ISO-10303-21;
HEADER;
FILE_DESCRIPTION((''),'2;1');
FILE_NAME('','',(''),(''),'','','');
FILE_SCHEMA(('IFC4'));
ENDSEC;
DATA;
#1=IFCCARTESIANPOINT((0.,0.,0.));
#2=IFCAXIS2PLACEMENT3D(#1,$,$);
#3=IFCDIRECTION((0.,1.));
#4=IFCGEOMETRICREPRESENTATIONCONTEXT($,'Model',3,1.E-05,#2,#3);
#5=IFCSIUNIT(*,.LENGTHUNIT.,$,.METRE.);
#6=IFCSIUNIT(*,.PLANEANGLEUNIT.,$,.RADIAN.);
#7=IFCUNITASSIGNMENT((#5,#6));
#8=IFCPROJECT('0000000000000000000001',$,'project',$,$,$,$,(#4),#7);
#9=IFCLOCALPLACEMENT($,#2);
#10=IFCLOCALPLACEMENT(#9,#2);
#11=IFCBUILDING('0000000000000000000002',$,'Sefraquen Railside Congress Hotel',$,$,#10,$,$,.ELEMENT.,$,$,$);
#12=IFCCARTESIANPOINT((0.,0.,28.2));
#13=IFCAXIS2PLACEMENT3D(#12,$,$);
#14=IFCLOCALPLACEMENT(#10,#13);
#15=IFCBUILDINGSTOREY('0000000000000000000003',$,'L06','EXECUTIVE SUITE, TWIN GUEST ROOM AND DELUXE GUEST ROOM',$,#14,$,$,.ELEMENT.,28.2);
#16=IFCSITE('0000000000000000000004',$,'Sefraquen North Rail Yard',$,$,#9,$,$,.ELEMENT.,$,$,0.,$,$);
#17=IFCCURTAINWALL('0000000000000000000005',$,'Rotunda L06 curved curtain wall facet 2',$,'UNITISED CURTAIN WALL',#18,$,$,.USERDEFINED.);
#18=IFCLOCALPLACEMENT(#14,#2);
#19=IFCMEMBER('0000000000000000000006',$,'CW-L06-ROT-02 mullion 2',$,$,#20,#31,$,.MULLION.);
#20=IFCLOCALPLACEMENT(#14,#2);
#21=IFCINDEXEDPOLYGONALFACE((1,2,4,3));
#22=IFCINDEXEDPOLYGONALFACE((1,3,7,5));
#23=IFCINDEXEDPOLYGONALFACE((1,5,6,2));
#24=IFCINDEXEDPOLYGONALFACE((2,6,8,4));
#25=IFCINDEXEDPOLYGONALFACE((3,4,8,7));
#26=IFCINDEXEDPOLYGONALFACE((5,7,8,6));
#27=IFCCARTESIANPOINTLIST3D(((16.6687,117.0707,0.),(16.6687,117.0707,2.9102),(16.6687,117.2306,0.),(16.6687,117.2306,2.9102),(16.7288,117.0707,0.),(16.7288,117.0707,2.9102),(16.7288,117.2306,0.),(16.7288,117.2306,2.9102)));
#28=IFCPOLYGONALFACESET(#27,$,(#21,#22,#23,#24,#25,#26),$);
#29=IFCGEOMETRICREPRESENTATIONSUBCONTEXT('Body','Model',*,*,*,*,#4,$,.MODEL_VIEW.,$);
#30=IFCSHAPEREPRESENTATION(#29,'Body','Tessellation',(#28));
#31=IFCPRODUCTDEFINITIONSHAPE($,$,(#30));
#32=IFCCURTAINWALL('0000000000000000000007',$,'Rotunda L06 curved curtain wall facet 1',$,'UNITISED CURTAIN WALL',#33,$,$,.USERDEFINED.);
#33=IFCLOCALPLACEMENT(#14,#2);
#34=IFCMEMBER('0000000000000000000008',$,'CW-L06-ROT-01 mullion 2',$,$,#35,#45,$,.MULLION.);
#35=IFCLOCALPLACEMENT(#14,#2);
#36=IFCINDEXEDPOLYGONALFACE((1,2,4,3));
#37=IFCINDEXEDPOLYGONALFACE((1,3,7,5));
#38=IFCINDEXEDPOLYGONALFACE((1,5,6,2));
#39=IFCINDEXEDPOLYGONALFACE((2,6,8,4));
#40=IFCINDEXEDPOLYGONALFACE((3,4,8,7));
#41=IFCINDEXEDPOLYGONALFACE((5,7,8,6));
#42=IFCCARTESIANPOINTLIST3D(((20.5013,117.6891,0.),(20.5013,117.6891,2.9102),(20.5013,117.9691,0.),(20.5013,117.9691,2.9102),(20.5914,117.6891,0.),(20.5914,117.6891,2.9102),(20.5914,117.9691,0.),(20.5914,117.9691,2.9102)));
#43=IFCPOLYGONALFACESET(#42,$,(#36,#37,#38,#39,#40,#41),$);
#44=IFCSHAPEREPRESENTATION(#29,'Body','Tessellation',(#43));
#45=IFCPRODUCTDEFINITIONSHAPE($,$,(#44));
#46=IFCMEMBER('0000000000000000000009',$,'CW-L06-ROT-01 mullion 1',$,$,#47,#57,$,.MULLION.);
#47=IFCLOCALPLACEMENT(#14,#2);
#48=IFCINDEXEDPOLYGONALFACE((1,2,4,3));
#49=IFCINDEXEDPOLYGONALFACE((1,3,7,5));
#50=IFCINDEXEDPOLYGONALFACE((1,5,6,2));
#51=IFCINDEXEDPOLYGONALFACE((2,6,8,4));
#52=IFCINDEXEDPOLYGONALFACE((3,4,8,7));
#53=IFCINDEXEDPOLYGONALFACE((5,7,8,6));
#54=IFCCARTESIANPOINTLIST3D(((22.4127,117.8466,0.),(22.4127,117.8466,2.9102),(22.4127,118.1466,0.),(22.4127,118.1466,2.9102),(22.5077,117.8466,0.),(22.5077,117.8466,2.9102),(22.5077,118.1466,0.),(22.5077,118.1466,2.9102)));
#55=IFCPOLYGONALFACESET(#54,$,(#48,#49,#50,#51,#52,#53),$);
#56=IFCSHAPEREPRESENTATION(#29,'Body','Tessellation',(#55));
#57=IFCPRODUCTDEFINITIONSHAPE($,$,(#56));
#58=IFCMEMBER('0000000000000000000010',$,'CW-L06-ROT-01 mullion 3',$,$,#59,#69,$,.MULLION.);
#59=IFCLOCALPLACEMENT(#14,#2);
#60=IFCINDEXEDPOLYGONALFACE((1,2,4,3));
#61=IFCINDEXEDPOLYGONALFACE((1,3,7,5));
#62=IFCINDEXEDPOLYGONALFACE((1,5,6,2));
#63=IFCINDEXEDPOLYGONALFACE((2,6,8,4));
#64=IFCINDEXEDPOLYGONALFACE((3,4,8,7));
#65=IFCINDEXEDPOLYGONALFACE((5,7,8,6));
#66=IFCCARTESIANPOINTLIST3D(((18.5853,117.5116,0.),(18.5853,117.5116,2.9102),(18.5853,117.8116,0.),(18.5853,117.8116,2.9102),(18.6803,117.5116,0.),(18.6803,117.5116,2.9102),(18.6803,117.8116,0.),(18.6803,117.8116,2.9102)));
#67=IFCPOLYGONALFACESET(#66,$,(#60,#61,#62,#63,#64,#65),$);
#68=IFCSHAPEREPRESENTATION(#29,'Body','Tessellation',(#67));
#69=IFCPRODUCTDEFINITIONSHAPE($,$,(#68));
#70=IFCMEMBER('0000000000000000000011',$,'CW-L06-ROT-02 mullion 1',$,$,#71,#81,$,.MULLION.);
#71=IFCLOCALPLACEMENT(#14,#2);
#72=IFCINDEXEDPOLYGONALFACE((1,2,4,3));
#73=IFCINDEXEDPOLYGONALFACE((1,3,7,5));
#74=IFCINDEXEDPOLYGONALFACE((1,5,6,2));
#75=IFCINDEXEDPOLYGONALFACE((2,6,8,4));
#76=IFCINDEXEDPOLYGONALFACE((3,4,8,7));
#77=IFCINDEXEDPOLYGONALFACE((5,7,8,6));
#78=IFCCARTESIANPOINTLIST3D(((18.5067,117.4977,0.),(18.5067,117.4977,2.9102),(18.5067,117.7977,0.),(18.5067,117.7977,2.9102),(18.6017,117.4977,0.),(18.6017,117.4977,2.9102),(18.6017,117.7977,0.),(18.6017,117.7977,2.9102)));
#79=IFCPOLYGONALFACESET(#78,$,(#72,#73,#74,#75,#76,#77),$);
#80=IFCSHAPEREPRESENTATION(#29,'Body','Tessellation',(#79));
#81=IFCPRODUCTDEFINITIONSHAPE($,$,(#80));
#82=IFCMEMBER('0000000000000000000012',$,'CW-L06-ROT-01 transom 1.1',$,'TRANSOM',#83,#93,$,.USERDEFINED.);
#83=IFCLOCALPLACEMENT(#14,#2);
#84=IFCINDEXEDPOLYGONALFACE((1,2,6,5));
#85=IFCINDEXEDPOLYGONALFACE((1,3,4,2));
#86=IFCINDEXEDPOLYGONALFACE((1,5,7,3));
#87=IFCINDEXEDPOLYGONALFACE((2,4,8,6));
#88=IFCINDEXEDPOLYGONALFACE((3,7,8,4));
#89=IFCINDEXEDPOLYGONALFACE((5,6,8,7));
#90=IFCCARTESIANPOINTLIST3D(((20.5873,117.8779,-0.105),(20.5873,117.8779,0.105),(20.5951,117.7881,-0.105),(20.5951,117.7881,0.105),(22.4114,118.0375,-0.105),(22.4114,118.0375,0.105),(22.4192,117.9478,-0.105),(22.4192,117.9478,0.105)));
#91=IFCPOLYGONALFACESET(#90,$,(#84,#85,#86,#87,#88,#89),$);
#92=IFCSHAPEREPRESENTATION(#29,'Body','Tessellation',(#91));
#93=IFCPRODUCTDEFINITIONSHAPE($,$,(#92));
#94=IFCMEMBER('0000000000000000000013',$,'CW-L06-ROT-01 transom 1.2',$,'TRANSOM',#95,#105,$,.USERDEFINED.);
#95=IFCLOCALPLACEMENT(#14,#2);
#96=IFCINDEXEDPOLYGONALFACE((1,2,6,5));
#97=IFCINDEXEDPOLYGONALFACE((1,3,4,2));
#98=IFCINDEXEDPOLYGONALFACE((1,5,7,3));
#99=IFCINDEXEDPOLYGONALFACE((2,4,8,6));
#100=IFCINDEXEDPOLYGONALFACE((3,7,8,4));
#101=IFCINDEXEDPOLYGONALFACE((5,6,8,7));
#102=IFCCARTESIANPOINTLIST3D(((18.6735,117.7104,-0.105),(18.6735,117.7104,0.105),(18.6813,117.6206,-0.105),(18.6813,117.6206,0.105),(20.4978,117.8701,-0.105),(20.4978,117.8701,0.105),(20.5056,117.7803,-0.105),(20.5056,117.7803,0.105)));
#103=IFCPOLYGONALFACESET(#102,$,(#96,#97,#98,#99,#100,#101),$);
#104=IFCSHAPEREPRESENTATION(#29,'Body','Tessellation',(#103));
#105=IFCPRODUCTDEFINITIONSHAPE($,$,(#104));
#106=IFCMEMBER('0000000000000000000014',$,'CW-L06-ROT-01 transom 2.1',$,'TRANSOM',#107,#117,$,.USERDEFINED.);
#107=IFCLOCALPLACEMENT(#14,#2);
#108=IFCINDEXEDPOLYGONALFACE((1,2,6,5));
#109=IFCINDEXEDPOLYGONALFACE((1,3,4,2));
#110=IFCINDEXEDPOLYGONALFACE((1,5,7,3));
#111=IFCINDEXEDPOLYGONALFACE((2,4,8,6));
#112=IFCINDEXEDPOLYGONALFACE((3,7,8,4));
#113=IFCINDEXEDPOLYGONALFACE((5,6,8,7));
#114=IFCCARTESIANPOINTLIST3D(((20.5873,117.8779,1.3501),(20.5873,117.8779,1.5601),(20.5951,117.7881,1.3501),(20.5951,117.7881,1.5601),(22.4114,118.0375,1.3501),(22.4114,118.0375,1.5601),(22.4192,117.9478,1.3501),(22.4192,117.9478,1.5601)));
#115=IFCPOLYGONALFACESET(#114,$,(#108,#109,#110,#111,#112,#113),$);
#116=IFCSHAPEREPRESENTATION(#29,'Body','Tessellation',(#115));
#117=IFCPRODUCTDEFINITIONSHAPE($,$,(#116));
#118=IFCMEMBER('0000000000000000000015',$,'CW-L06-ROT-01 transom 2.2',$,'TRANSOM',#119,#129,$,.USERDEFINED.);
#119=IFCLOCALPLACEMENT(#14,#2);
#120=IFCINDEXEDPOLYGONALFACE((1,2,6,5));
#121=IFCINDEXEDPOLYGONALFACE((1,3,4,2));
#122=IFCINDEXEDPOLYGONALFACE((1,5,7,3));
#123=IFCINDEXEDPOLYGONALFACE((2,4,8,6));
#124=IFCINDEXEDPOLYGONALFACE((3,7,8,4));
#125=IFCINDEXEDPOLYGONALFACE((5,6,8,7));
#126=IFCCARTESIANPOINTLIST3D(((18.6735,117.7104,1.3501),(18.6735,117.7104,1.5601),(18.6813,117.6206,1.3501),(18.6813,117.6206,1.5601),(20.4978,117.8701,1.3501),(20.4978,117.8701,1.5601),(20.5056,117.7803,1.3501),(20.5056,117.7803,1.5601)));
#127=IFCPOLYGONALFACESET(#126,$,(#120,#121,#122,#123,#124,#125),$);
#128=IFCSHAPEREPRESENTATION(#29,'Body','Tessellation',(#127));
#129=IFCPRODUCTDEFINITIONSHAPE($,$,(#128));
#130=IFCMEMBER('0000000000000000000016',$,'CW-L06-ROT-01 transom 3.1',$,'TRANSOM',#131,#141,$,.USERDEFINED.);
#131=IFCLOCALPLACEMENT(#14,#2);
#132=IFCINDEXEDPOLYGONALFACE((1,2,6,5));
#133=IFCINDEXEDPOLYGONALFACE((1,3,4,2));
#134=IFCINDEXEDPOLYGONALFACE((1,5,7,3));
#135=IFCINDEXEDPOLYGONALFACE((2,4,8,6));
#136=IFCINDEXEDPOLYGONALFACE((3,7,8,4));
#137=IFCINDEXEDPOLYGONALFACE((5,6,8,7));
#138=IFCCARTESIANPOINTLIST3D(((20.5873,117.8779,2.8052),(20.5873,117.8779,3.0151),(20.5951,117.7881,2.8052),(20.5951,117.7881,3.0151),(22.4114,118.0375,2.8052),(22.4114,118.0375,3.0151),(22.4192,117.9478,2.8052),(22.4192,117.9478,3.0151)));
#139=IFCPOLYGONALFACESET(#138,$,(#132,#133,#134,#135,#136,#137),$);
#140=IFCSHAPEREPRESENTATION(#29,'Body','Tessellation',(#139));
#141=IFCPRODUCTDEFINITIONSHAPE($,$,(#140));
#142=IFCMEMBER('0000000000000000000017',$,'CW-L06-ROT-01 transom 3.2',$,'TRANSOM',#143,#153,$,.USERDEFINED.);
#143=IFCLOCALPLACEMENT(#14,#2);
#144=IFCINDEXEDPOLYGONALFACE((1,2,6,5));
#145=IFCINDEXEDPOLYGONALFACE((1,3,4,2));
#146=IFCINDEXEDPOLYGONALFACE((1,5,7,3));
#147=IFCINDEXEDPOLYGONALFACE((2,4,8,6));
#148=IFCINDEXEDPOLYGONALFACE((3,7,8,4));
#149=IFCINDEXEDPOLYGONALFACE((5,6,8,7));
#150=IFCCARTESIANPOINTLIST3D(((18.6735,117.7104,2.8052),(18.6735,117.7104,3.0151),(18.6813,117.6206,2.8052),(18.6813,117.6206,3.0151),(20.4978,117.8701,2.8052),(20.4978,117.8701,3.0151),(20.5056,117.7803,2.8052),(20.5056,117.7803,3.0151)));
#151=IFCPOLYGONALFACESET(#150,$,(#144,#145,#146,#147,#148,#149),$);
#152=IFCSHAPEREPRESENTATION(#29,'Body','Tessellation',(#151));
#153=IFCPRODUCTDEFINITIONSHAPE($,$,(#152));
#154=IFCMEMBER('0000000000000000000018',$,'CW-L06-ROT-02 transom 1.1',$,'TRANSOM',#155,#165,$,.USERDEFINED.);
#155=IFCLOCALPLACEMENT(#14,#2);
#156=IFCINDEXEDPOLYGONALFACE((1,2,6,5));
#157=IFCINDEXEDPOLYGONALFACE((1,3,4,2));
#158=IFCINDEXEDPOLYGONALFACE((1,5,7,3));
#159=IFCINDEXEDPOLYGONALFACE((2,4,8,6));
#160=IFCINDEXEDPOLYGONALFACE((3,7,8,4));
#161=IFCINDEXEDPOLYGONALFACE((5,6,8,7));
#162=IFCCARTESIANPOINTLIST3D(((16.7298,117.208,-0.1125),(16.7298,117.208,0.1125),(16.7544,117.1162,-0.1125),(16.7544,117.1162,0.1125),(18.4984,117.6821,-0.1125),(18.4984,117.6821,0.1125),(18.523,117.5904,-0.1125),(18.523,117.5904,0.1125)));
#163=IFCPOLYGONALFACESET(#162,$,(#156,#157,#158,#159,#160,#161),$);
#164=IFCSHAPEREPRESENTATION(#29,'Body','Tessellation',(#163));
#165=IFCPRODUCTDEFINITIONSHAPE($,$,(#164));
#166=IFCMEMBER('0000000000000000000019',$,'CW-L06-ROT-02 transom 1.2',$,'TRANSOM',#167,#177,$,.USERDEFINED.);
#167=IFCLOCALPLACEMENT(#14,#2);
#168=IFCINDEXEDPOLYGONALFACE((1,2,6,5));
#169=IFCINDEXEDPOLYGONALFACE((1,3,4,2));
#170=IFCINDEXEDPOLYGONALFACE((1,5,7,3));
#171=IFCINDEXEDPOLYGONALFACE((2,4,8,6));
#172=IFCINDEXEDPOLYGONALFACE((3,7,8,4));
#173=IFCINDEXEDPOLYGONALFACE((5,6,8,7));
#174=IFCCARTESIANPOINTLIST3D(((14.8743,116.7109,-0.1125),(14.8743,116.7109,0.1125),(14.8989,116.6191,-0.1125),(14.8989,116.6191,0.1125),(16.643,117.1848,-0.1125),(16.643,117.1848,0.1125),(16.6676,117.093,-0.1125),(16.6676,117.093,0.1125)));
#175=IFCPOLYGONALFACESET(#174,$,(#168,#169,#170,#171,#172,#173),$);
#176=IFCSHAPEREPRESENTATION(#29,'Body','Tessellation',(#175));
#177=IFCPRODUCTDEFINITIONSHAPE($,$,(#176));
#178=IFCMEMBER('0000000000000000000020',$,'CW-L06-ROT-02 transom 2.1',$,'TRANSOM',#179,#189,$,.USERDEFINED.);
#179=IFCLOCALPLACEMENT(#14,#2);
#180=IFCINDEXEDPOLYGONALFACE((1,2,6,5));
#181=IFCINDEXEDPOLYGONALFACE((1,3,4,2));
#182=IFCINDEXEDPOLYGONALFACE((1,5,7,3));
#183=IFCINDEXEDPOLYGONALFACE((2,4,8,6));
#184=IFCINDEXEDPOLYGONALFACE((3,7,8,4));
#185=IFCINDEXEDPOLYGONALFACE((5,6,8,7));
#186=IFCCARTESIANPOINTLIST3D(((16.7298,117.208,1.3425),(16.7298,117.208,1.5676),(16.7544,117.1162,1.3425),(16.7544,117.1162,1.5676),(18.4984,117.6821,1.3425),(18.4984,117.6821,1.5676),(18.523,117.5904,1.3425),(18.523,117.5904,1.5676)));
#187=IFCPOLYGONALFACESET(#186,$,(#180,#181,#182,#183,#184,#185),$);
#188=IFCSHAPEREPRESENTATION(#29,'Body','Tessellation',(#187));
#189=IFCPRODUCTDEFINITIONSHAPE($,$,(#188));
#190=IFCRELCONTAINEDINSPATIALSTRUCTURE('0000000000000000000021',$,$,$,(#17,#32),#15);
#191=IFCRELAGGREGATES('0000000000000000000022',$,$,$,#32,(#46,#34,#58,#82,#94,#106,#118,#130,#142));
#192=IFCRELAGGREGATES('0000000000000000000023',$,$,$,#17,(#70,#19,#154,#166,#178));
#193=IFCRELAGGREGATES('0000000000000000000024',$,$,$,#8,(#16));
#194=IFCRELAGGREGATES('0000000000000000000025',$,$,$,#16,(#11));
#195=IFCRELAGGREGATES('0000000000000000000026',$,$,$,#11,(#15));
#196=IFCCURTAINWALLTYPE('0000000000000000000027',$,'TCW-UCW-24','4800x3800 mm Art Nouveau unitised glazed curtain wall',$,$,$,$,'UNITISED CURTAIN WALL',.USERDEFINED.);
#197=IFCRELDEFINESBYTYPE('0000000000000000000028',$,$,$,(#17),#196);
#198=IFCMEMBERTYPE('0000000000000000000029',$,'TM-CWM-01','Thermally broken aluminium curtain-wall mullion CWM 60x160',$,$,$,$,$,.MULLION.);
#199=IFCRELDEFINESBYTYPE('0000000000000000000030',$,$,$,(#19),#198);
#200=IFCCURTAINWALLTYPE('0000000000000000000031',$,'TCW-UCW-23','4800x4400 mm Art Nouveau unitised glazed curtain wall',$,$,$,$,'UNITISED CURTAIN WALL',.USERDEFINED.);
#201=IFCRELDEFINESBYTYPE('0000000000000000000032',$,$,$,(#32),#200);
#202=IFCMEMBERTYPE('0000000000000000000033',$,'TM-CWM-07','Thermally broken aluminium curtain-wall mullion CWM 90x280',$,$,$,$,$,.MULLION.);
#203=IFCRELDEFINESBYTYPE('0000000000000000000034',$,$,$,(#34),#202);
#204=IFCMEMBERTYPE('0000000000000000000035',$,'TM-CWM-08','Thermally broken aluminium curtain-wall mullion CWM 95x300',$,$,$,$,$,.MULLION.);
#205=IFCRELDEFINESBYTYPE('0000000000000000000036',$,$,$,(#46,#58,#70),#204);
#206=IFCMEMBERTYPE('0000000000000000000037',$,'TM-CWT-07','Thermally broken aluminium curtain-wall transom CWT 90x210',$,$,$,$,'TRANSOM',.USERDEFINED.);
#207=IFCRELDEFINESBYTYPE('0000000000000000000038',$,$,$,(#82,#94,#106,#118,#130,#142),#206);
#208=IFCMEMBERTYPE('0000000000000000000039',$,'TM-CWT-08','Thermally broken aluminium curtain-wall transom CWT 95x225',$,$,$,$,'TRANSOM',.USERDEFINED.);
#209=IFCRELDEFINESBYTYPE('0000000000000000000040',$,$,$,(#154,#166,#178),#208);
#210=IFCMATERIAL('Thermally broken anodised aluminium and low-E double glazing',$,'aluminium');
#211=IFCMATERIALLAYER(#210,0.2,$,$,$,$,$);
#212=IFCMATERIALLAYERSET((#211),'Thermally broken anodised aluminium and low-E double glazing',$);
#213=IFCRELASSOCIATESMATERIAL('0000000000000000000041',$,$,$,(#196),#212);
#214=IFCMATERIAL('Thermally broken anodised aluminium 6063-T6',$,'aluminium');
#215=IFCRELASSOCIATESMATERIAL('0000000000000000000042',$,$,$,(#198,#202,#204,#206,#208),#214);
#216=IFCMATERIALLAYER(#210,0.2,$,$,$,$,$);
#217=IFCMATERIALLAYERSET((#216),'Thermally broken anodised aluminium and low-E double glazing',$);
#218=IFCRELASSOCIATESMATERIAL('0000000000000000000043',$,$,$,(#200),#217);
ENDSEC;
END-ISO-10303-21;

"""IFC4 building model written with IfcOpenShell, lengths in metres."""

from ifc_helpers import new_model, si_unit, direction, frame, origin, origin_2d, place, context, subcontext, project, spatial, rectangle, extrude, material, layer, layer_set, material_profile, profile_set, type_object, element, aggregate, save


model = new_model("IFC4")

# Units and contexts
model_context = context("Model", 3, precision=1e-05, world=origin(), true_north=direction((0.0, 1.0)))
body_context = subcontext(model_context, "Body", "Model", "MODEL_VIEW")
ifc_project = project(units=[si_unit("LENGTHUNIT", "METRE"), si_unit("PLANEANGLEUNIT", "RADIAN")], contexts=[model_context])

# Site, building, storey
site_placement = place(None, origin())
site = spatial("IfcSite", under=ifc_project, at=site_placement, Name="Sefraquen North Rail Yard", CompositionType="ELEMENT", RefElevation=0.0)
building_placement = place(site_placement, origin())
building = spatial("IfcBuilding", under=site, at=building_placement, Name="Sefraquen Railside Congress Hotel", CompositionType="ELEMENT")
storey_placement = place(building_placement, frame((0.0, 0.0, 28.2)))
storey = spatial("IfcBuildingStorey", under=building, at=storey_placement, Name="L06", Description="EXECUTIVE SUITE, TWIN GUEST ROOM AND DELUXE GUEST ROOM", CompositionType="ELEMENT", Elevation=28.2)

# Curtain wall, member
ifc_material_1 = material(Name="Thermally broken anodised aluminium and low-E double glazing", Category="aluminium")
ifc_layer_1 = layer(ifc_material_1, 0.2)
ifc_layer_set_1 = layer_set([ifc_layer_1], Name="Thermally broken anodised aluminium and low-E double glazing")
curtain_wall_type_1 = type_object("IfcCurtainWallType", Name="TCW-UCW-24", Description="4800x3800 mm Art Nouveau unitised glazed curtain wall", ElementType="UNITISED CURTAIN WALL", PredefinedType="USERDEFINED", material=ifc_layer_set_1)
curtain_wall_1_placement = place(storey_placement, origin())
curtain_wall_1 = element("IfcCurtainWall", 1, at=curtain_wall_1_placement, inside=storey, type_object=curtain_wall_type_1, Name="Rotunda L06 curved curtain wall facet 2", ObjectType="UNITISED CURTAIN WALL", PredefinedType="USERDEFINED")
ifc_material_2 = material(Name="Thermally broken anodised aluminium 6063-T6", Category="aluminium")
ifc_material_profile_1 = material_profile(ifc_material_2, rectangle(XDim=0.0601, YDim=0.1599, at=origin_2d()), Name="CWM 60x160")
ifc_profile_set_1 = profile_set([ifc_material_profile_1], Name="Thermally broken anodised aluminium 6063-T6")
member_type_1 = type_object("IfcMemberType", Name="TM-CWM-01", Description="Thermally broken aluminium curtain-wall mullion CWM 60x160", PredefinedType="MULLION", material=ifc_profile_set_1)
member_1_placement = place(storey_placement, frame((16.6987, 117.1506, 0.0), z_axis=(0.0, 0.0, 1.0), x_axis=(1.0, 0.0, 0.0)))
member_1 = element("IfcMember", 2, at=member_1_placement, type_object=member_type_1, Name="CW-L06-ROT-02 mullion 2", PredefinedType="MULLION", context=body_context, shape_type="SweptSolid", body=[
    extrude(rectangle(XDim=0.0601, YDim=0.1599, at=origin_2d()), origin(), (0.0, 0.0, 1.0), 2.9102),
])

# Curtain wall, members
ifc_layer_2 = layer(ifc_material_1, 0.2)
ifc_layer_set_2 = layer_set([ifc_layer_2], Name="Thermally broken anodised aluminium and low-E double glazing")
curtain_wall_type_2 = type_object("IfcCurtainWallType", Name="TCW-UCW-23", Description="4800x4400 mm Art Nouveau unitised glazed curtain wall", ElementType="UNITISED CURTAIN WALL", PredefinedType="USERDEFINED", material=ifc_layer_set_2)
curtain_wall_2_placement = place(storey_placement, origin())
curtain_wall_2 = element("IfcCurtainWall", 3, at=curtain_wall_2_placement, inside=storey, type_object=curtain_wall_type_2, Name="Rotunda L06 curved curtain wall facet 1", ObjectType="UNITISED CURTAIN WALL", PredefinedType="USERDEFINED")
ifc_material_profile_2 = material_profile(ifc_material_2, rectangle(XDim=0.0901, YDim=0.28, at=origin_2d()), Name="CWM 90x280")
ifc_profile_set_2 = profile_set([ifc_material_profile_2], Name="Thermally broken anodised aluminium 6063-T6")
member_type_2 = type_object("IfcMemberType", Name="TM-CWM-07", Description="Thermally broken aluminium curtain-wall mullion CWM 90x280", PredefinedType="MULLION", material=ifc_profile_set_2)
member_2_placement = place(storey_placement, frame((20.5464, 117.8291, 0.0), z_axis=(0.0, 0.0, 1.0), x_axis=(1.0, 0.0, 0.0)))
member_2 = element("IfcMember", 4, at=member_2_placement, type_object=member_type_2, Name="CW-L06-ROT-01 mullion 2", PredefinedType="MULLION", context=body_context, shape_type="SweptSolid", body=[
    extrude(rectangle(XDim=0.0901, YDim=0.28, at=origin_2d()), origin(), (0.0, 0.0, 1.0), 2.9102),
])
ifc_material_profile_3 = material_profile(ifc_material_2, rectangle(XDim=0.095, YDim=0.3, at=origin_2d()), Name="CWM 95x300")
ifc_profile_set_3 = profile_set([ifc_material_profile_3], Name="Thermally broken anodised aluminium 6063-T6")
member_type_3 = type_object("IfcMemberType", Name="TM-CWM-08", Description="Thermally broken aluminium curtain-wall mullion CWM 95x300", PredefinedType="MULLION", material=ifc_profile_set_3)
member_3_placement = place(storey_placement, frame((22.4602, 117.9966, 0.0), z_axis=(0.0, 0.0, 1.0), x_axis=(1.0, 0.0, 0.0)))
member_3 = element("IfcMember", 5, at=member_3_placement, type_object=member_type_3, Name="CW-L06-ROT-01 mullion 1", PredefinedType="MULLION", context=body_context, shape_type="SweptSolid", body=[
    extrude(rectangle(XDim=0.095, YDim=0.3, at=origin_2d()), origin(), (0.0, 0.0, 1.0), 2.9102),
])
member_4_placement = place(storey_placement, frame((18.6328, 117.6616, 0.0), z_axis=(0.0, 0.0, 1.0), x_axis=(1.0, 0.0, 0.0)))
member_4 = element("IfcMember", 6, at=member_4_placement, type_object=member_type_3, Name="CW-L06-ROT-01 mullion 3", PredefinedType="MULLION", context=body_context, shape_type="SweptSolid", body=[
    extrude(rectangle(XDim=0.095, YDim=0.3, at=origin_2d()), origin(), (0.0, 0.0, 1.0), 2.9102),
])

# Members
member_5_placement = place(storey_placement, frame((18.5542, 117.6477, 0.0), z_axis=(0.0, 0.0, 1.0), x_axis=(1.0, 0.0, 0.0)))
member_5 = element("IfcMember", 7, at=member_5_placement, type_object=member_type_3, Name="CW-L06-ROT-02 mullion 1", PredefinedType="MULLION", context=body_context, shape_type="SweptSolid", body=[
    extrude(rectangle(XDim=0.095, YDim=0.3, at=origin_2d()), origin(), (0.0, 0.0, 1.0), 2.9102),
])
ifc_material_profile_4 = material_profile(ifc_material_2, rectangle(XDim=0.0901, YDim=0.21, at=origin_2d()), Name="CWT 90x210")
ifc_profile_set_4 = profile_set([ifc_material_profile_4], Name="Thermally broken anodised aluminium 6063-T6")
member_type_4 = type_object("IfcMemberType", Name="TM-CWT-07", Description="Thermally broken aluminium curtain-wall transom CWT 90x210", ElementType="TRANSOM", PredefinedType="USERDEFINED", material=ifc_profile_set_4)
member_6_placement = place(storey_placement, frame((22.4153, 117.9927, 0.0), z_axis=(-0.99619, -0.087205, 0.0), x_axis=(0.087205, -0.99619, 0.0)))
member_6 = element("IfcMember", 8, at=member_6_placement, type_object=member_type_4, Name="CW-L06-ROT-01 transom 1.1", ObjectType="TRANSOM", PredefinedType="USERDEFINED", context=body_context, shape_type="SweptSolid", body=[
    extrude(rectangle(XDim=0.0901, YDim=0.21, at=origin_2d()), origin(), (0.0, 0.0, 1.0), 1.8311),
])
member_7_placement = place(storey_placement, frame((20.5017, 117.8252, 0.0), z_axis=(-0.996191, -0.087193, 0.0), x_axis=(0.087193, -0.996191, 0.0)))
member_7 = element("IfcMember", 9, at=member_7_placement, type_object=member_type_4, Name="CW-L06-ROT-01 transom 1.2", ObjectType="TRANSOM", PredefinedType="USERDEFINED", context=body_context, shape_type="SweptSolid", body=[
    extrude(rectangle(XDim=0.0901, YDim=0.21, at=origin_2d()), origin(), (0.0, 0.0, 1.0), 1.8313),
])
member_8_placement = place(storey_placement, frame((22.4153, 117.9927, 1.4551), z_axis=(-0.99619, -0.087205, 0.0), x_axis=(0.087205, -0.99619, 0.0)))
member_8 = element("IfcMember", 10, at=member_8_placement, type_object=member_type_4, Name="CW-L06-ROT-01 transom 2.1", ObjectType="TRANSOM", PredefinedType="USERDEFINED", context=body_context, shape_type="SweptSolid", body=[
    extrude(rectangle(XDim=0.0901, YDim=0.21, at=origin_2d()), origin(), (0.0, 0.0, 1.0), 1.8311),
])
member_9_placement = place(storey_placement, frame((20.5017, 117.8252, 1.4551), z_axis=(-0.996191, -0.087193, 0.0), x_axis=(0.087193, -0.996191, 0.0)))
member_9 = element("IfcMember", 11, at=member_9_placement, type_object=member_type_4, Name="CW-L06-ROT-01 transom 2.2", ObjectType="TRANSOM", PredefinedType="USERDEFINED", context=body_context, shape_type="SweptSolid", body=[
    extrude(rectangle(XDim=0.0901, YDim=0.21, at=origin_2d()), origin(), (0.0, 0.0, 1.0), 1.8313),
])
member_10_placement = place(storey_placement, frame((22.4153, 117.9927, 2.9102), z_axis=(-0.99619, -0.087205, 0.0), x_axis=(0.087205, -0.99619, 0.0)))
member_10 = element("IfcMember", 12, at=member_10_placement, type_object=member_type_4, Name="CW-L06-ROT-01 transom 3.1", ObjectType="TRANSOM", PredefinedType="USERDEFINED", context=body_context, shape_type="SweptSolid", body=[
    extrude(rectangle(XDim=0.0901, YDim=0.21, at=origin_2d()), origin(), (0.0, 0.0, 1.0), 1.8311),
])
member_11_placement = place(storey_placement, frame((20.5017, 117.8252, 2.9102), z_axis=(-0.996191, -0.087193, 0.0), x_axis=(0.087193, -0.996191, 0.0)))
member_11 = element("IfcMember", 13, at=member_11_placement, type_object=member_type_4, Name="CW-L06-ROT-01 transom 3.2", ObjectType="TRANSOM", PredefinedType="USERDEFINED", context=body_context, shape_type="SweptSolid", body=[
    extrude(rectangle(XDim=0.0901, YDim=0.21, at=origin_2d()), origin(), (0.0, 0.0, 1.0), 1.8313),
])
ifc_material_profile_5 = material_profile(ifc_material_2, rectangle(XDim=0.095, YDim=0.2251, at=origin_2d()), Name="CWT 95x225")
ifc_profile_set_5 = profile_set([ifc_material_profile_5], Name="Thermally broken anodised aluminium 6063-T6")
member_type_5 = type_object("IfcMemberType", Name="TM-CWT-08", Description="Thermally broken aluminium curtain-wall transom CWT 95x225", ElementType="TRANSOM", PredefinedType="USERDEFINED", material=ifc_profile_set_5)
member_12_placement = place(storey_placement, frame((18.5107, 117.6362, 0.0), z_axis=(-0.965893, -0.25894, 0.0), x_axis=(0.25894, -0.965893, 0.0)))
member_12 = element("IfcMember", 14, at=member_12_placement, type_object=member_type_5, Name="CW-L06-ROT-02 transom 1.1", ObjectType="TRANSOM", PredefinedType="USERDEFINED", context=body_context, shape_type="SweptSolid", body=[
    extrude(rectangle(XDim=0.095, YDim=0.2251, at=origin_2d()), origin(), (0.0, 0.0, 1.0), 1.8311),
])
member_13_placement = place(storey_placement, frame((16.6553, 117.1389, 0.0), z_axis=(-0.965927, -0.258816, 0.0), x_axis=(0.258816, -0.965927, 0.0)))
member_13 = element("IfcMember", 15, at=member_13_placement, type_object=member_type_5, Name="CW-L06-ROT-02 transom 1.2", ObjectType="TRANSOM", PredefinedType="USERDEFINED", context=body_context, shape_type="SweptSolid", body=[
    extrude(rectangle(XDim=0.095, YDim=0.2251, at=origin_2d()), origin(), (0.0, 0.0, 1.0), 1.8311),
])
member_14_placement = place(storey_placement, frame((18.5107, 117.6362, 1.4551), z_axis=(-0.965893, -0.25894, 0.0), x_axis=(0.25894, -0.965893, 0.0)))
member_14 = element("IfcMember", 16, at=member_14_placement, type_object=member_type_5, Name="CW-L06-ROT-02 transom 2.1", ObjectType="TRANSOM", PredefinedType="USERDEFINED", context=body_context, shape_type="SweptSolid", body=[
    extrude(rectangle(XDim=0.095, YDim=0.2251, at=origin_2d()), origin(), (0.0, 0.0, 1.0), 1.8311),
])

aggregate(curtain_wall_2, [member_3, member_2, member_4, member_6, member_7, member_8, member_9, member_10, member_11])
aggregate(curtain_wall_1, [member_5, member_1, member_12, member_13, member_14])

save(model, "model.ifc")
